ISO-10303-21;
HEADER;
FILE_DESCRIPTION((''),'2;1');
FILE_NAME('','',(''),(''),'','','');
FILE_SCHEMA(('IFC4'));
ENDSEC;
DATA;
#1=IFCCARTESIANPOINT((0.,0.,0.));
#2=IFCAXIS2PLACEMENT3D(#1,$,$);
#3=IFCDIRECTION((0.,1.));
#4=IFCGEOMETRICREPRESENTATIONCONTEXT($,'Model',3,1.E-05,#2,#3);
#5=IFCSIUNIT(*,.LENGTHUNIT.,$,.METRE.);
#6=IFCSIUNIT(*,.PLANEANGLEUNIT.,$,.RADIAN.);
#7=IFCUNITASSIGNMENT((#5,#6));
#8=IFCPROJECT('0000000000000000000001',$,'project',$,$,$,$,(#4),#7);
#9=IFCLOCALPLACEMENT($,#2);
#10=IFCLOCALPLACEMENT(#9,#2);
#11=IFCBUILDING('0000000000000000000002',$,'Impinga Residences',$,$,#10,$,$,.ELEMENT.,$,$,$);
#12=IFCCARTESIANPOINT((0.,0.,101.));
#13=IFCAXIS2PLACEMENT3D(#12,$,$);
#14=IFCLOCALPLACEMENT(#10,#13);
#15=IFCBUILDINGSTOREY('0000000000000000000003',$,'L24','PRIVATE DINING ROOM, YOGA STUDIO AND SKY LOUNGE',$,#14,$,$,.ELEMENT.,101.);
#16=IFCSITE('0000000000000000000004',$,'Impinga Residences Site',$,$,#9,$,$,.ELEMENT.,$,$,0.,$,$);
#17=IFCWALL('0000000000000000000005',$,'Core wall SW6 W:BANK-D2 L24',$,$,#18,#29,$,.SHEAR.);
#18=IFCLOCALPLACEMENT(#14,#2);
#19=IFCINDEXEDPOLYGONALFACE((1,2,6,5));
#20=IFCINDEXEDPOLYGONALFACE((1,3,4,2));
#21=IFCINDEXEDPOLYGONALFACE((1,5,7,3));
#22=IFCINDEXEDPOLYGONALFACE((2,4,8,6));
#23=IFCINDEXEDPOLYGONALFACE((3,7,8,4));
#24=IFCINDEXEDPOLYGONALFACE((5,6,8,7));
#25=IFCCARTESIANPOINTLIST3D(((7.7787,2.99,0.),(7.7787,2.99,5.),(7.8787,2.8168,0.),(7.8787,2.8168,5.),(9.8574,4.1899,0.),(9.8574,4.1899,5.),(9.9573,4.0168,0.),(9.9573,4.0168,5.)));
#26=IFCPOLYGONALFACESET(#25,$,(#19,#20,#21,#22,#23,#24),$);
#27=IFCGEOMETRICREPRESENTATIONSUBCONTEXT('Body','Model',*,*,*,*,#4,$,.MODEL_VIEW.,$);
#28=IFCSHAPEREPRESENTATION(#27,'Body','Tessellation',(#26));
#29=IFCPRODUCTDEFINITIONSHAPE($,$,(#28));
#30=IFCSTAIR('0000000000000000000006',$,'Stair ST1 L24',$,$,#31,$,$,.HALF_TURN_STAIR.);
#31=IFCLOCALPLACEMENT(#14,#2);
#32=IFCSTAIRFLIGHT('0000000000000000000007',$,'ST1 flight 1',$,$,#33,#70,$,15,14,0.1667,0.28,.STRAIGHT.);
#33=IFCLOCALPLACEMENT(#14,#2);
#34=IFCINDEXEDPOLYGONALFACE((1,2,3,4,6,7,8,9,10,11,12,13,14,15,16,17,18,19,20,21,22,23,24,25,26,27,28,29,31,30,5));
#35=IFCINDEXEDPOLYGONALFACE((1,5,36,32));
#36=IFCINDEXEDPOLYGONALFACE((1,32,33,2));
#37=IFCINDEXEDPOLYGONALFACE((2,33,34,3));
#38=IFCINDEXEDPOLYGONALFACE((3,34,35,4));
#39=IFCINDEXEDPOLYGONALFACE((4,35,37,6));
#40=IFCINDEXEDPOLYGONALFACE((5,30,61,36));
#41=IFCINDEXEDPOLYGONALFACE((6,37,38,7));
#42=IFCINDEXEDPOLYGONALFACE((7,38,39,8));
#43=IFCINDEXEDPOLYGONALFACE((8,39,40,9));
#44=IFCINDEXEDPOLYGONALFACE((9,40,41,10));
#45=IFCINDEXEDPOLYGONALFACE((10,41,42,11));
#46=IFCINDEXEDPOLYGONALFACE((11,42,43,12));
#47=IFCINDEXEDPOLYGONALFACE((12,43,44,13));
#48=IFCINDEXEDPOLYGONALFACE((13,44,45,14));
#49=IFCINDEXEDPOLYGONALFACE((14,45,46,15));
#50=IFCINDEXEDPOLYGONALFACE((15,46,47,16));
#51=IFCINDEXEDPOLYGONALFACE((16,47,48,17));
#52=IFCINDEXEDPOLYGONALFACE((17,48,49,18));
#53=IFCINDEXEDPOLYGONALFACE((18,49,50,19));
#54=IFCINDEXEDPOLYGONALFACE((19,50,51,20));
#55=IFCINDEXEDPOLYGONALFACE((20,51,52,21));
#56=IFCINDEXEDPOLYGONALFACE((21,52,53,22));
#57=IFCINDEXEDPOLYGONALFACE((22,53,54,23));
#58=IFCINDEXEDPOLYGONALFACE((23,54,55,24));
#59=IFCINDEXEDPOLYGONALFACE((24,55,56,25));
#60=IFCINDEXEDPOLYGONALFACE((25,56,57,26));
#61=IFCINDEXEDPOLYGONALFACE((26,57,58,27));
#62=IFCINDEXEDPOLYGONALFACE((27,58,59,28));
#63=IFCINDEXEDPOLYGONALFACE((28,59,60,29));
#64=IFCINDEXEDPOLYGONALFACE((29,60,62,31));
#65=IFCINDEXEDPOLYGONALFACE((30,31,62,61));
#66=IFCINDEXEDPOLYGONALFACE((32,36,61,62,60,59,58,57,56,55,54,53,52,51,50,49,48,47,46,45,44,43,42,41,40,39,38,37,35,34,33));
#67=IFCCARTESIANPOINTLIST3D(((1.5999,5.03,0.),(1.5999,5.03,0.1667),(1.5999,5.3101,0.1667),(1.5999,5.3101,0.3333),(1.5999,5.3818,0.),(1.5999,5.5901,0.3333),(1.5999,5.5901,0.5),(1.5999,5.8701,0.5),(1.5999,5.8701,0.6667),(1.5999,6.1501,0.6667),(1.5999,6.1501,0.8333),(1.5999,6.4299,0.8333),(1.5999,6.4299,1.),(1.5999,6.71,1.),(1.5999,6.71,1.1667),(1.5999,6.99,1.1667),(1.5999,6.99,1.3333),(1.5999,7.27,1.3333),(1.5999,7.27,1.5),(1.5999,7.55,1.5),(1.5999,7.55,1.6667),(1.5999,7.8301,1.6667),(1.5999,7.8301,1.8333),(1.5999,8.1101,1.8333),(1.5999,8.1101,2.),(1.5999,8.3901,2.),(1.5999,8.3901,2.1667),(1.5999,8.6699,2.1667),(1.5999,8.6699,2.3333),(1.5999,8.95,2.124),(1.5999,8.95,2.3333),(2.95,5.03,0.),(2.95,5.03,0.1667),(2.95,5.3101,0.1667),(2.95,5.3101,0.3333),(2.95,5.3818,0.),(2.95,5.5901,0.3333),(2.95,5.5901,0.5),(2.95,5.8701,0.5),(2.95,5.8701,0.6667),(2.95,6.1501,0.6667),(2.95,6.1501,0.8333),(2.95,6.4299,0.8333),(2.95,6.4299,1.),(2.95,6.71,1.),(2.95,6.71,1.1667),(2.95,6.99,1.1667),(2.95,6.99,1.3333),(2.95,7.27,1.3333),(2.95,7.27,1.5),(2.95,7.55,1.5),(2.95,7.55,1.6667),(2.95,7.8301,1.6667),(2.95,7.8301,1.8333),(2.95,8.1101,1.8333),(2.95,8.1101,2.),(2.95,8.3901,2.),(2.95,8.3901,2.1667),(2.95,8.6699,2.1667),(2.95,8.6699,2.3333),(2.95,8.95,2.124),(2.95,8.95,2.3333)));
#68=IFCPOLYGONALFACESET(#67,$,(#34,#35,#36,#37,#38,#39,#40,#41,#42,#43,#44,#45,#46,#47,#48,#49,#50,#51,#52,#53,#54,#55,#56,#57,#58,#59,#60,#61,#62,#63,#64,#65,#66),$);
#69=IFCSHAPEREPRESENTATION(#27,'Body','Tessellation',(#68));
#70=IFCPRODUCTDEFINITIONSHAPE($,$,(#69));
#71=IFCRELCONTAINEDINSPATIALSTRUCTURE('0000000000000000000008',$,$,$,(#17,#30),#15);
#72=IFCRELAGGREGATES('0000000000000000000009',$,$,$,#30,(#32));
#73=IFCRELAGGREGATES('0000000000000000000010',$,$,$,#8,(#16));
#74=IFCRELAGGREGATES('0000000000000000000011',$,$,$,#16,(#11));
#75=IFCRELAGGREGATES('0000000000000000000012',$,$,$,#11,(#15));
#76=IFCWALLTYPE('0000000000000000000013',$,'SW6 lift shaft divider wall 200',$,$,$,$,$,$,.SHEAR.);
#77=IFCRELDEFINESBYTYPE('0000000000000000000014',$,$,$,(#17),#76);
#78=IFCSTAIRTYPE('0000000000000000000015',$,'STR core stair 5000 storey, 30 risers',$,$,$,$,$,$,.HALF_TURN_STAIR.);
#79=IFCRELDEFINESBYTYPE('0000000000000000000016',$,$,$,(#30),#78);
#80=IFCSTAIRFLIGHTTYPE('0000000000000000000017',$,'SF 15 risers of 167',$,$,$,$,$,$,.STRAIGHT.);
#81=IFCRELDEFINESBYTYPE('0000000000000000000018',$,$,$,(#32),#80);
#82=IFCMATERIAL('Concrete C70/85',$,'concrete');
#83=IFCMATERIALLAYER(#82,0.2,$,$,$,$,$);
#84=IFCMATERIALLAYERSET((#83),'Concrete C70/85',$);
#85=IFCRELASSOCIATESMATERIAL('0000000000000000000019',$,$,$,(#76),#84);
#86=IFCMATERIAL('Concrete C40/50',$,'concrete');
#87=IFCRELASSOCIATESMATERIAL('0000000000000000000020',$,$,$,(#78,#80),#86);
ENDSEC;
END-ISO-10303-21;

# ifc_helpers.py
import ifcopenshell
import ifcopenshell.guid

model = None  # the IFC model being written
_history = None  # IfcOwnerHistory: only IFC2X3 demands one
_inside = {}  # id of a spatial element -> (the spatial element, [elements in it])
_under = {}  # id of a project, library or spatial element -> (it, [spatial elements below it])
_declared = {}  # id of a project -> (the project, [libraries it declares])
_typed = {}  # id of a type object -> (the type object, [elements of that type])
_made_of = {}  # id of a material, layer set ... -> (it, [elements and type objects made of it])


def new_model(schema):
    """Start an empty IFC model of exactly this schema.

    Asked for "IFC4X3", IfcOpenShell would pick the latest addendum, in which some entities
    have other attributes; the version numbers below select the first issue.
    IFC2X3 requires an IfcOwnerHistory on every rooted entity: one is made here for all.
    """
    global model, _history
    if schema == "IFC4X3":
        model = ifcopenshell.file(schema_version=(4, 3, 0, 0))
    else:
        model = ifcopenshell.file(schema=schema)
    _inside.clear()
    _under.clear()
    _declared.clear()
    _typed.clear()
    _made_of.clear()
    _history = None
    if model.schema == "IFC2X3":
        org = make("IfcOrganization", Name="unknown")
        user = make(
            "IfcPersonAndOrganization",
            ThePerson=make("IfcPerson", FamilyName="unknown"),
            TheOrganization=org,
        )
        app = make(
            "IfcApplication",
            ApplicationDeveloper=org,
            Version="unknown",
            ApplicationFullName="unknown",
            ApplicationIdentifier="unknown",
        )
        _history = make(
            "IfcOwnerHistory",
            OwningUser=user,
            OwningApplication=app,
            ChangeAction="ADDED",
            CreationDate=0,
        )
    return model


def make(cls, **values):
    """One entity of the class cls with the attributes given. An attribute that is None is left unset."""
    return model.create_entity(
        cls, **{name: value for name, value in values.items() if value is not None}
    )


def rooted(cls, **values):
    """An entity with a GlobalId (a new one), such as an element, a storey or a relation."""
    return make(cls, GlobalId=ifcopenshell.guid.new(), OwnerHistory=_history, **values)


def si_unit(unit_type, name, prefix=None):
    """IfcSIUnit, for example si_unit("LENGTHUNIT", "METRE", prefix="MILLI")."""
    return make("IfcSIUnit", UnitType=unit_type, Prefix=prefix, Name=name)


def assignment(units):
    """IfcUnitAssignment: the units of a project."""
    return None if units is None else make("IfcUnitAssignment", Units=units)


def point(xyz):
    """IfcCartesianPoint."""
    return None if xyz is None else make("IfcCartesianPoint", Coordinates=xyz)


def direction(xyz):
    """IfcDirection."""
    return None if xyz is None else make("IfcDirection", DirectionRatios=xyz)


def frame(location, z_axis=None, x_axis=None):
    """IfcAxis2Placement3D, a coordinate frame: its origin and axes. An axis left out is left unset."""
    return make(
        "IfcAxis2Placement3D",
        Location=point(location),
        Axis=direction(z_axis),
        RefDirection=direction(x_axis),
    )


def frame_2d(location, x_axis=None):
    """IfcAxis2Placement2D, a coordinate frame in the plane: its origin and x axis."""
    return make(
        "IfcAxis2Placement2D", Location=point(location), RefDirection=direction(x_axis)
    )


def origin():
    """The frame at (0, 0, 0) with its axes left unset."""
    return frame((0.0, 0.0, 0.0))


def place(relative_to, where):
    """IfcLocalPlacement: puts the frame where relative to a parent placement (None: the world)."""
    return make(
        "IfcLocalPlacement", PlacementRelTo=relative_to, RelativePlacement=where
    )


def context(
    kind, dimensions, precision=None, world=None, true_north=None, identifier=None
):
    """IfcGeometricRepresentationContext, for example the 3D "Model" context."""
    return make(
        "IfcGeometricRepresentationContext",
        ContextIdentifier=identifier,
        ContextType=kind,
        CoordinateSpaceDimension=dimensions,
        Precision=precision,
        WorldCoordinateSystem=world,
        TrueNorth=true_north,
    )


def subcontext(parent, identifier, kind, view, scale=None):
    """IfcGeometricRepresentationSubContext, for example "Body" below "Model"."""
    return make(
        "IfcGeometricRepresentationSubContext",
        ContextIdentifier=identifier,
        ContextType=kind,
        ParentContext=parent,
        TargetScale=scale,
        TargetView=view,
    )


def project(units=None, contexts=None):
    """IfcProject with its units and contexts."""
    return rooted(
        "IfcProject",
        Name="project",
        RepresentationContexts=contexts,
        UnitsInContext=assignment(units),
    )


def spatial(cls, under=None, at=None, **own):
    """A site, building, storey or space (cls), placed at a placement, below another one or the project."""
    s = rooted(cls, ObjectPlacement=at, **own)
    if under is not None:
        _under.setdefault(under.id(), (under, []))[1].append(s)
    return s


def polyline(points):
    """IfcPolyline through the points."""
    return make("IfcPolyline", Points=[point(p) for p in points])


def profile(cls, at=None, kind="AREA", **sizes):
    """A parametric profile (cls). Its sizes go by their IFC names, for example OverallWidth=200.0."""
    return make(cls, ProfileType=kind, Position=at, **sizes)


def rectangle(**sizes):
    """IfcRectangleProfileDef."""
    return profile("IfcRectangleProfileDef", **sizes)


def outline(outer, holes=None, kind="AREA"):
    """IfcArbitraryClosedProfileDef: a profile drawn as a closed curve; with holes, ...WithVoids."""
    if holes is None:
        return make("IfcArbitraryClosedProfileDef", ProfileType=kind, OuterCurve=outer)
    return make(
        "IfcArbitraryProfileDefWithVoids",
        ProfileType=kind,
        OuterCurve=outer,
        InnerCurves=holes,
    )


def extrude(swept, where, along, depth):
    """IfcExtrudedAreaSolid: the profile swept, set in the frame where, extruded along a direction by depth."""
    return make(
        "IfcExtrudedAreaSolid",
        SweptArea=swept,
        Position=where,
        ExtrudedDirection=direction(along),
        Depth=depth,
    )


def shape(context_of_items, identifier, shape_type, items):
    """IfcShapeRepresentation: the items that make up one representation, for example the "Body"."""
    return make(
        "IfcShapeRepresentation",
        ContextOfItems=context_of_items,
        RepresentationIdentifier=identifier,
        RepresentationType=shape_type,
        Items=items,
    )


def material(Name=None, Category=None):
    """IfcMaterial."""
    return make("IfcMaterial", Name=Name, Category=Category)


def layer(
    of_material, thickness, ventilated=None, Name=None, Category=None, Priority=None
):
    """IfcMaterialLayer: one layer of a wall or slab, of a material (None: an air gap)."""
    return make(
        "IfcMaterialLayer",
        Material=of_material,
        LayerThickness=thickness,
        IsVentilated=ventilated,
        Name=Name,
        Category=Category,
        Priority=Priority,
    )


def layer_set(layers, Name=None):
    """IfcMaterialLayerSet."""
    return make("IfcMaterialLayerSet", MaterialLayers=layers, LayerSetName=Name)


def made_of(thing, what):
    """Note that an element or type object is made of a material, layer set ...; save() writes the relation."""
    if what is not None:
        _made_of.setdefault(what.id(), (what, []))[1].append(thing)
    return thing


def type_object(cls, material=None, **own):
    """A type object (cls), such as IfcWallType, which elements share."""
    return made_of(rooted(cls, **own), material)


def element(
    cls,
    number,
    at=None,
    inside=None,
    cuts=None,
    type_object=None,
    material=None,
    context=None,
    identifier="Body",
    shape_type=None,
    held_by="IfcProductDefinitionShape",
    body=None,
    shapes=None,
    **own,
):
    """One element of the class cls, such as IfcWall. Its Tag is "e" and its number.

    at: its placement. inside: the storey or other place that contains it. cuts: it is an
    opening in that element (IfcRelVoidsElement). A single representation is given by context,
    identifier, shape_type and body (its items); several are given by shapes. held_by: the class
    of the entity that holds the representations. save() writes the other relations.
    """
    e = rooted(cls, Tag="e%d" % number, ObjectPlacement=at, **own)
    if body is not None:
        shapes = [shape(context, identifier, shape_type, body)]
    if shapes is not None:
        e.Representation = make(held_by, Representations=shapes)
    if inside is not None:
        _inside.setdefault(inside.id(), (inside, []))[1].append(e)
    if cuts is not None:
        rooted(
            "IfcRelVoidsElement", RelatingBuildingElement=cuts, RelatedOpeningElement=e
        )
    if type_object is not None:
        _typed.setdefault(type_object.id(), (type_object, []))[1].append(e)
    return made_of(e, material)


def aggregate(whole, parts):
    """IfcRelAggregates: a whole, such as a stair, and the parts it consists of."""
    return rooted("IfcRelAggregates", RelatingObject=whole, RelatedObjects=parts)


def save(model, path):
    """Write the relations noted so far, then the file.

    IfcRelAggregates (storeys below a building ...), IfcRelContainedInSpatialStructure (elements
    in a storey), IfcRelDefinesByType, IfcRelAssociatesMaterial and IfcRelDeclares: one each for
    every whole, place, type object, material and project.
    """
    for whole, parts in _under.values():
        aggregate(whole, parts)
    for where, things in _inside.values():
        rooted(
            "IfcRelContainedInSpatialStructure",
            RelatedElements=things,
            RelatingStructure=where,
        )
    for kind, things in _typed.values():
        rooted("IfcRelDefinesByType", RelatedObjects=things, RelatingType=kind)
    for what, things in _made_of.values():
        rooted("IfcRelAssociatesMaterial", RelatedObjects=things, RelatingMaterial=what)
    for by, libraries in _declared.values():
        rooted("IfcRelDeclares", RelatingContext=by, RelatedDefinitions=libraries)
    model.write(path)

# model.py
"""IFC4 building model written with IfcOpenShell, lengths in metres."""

from ifc_helpers import new_model, si_unit, direction, frame, frame_2d, origin, place, context, subcontext, project, spatial, polyline, rectangle, outline, extrude, material, layer, layer_set, type_object, element, aggregate, save


model = new_model("IFC4")

# Units and contexts
model_context = context("Model", 3, precision=1e-05, world=origin(), true_north=direction((0.0, 1.0)))
body_context = subcontext(model_context, "Body", "Model", "MODEL_VIEW")
ifc_project = project(units=[si_unit("LENGTHUNIT", "METRE"), si_unit("PLANEANGLEUNIT", "RADIAN")], contexts=[model_context])

# Site, building, storey
site_placement = place(None, origin())
site = spatial("IfcSite", under=ifc_project, at=site_placement, Name="Impinga Residences Site", CompositionType="ELEMENT", RefElevation=0.0)
building_placement = place(site_placement, origin())
building = spatial("IfcBuilding", under=site, at=building_placement, Name="Impinga Residences", CompositionType="ELEMENT")
storey_placement = place(building_placement, frame((0.0, 0.0, 101.0)))
storey = spatial("IfcBuildingStorey", under=building, at=storey_placement, Name="L24", Description="PRIVATE DINING ROOM, YOGA STUDIO AND SKY LOUNGE", CompositionType="ELEMENT", Elevation=101.0)

# Shared definitions
ifc_material_1 = material(Name="Concrete C40/50", Category="concrete")

# Shared definitions
ifc_material_2 = material(Name="Concrete C70/85", Category="concrete")

# Wall
ifc_layer_1 = layer(ifc_material_2, 0.2)
ifc_layer_set_1 = layer_set([ifc_layer_1], Name="Concrete C70/85")
wall_type_1 = type_object("IfcWallType", Name="SW6 lift shaft divider wall 200", PredefinedType="SHEAR", material=ifc_layer_set_1)
wall_1_placement = place(storey_placement, frame((7.8286, 2.9033, 0.0), z_axis=(0.0, 0.0, 1.0), x_axis=(0.86605, 0.499957, 0.0)))
element("IfcWall", 1, at=wall_1_placement, inside=storey, type_object=wall_type_1, Name="Core wall SW6 W:BANK-D2 L24", PredefinedType="SHEAR", context=body_context, shape_type="SweptSolid", body=[
    extrude(rectangle(XDim=2.4001, YDim=0.2, at=frame_2d((1.2002, 0.0))), origin(), (0.0, 0.0, 1.0), 5.0),
])

# Stair, stair flight
stair_type_1 = type_object("IfcStairType", Name="STR core stair 5000 storey, 30 risers", PredefinedType="HALF_TURN_STAIR", material=ifc_material_1)
stair_1_placement = place(storey_placement, origin())
stair_1 = element("IfcStair", 2, at=stair_1_placement, inside=storey, type_object=stair_type_1, Name="Stair ST1 L24", PredefinedType="HALF_TURN_STAIR")
stair_flight_type = type_object("IfcStairFlightType", Name="SF 15 risers of 167", PredefinedType="STRAIGHT", material=ifc_material_1)
stair_flight_placement = place(storey_placement, frame((2.2749, 5.03, 0.0), z_axis=(0.0, 0.0, 1.0), x_axis=(0.0, 1.0, 0.0)))
stair_flight = element("IfcStairFlight", 3, at=stair_flight_placement, type_object=stair_flight_type, Name="ST1 flight 1", NumberOfRisers=15, NumberOfTreads=14, PredefinedType="STRAIGHT", RiserHeight=0.1667, TreadLength=0.28, context=body_context, shape_type="SweptSolid", body=[
    extrude(outline(polyline([(0.0, 0.0), (0.0, 0.1667), (0.28, 0.1667), (0.28, 0.3333), (0.5601, 0.3333), (0.5601, 0.5), (0.8401, 0.5), (0.8401, 0.6667), (1.1201, 0.6667), (1.1201, 0.8333), (1.3999, 0.8333), (1.3999, 1.0), (1.6799, 1.0), (1.6799, 1.1667), (1.96, 1.1667), (1.96, 1.3333), (2.24, 1.3333), (2.24, 1.5), (2.52, 1.5), (2.52, 1.6667), (2.8, 1.6667), (2.8, 1.8333), (3.0801, 1.8333), (3.0801, 2.0), (3.3601, 2.0), (3.3601, 2.1667), (3.6399, 2.1667), (3.6399, 2.3333), (3.9199, 2.3333), (3.9199, 2.5), (3.9199, 2.124), (0.3518, 0.0), (0.0, 0.0)])), frame((0.0, 0.675, 0.0), z_axis=(0.0, -1.0, 0.0), x_axis=(1.0, 0.0, 0.0)), (0.0, 0.0, 1.0), 1.3501),
])
aggregate(stair_1, [stair_flight])

save(model, "model.ifc")
